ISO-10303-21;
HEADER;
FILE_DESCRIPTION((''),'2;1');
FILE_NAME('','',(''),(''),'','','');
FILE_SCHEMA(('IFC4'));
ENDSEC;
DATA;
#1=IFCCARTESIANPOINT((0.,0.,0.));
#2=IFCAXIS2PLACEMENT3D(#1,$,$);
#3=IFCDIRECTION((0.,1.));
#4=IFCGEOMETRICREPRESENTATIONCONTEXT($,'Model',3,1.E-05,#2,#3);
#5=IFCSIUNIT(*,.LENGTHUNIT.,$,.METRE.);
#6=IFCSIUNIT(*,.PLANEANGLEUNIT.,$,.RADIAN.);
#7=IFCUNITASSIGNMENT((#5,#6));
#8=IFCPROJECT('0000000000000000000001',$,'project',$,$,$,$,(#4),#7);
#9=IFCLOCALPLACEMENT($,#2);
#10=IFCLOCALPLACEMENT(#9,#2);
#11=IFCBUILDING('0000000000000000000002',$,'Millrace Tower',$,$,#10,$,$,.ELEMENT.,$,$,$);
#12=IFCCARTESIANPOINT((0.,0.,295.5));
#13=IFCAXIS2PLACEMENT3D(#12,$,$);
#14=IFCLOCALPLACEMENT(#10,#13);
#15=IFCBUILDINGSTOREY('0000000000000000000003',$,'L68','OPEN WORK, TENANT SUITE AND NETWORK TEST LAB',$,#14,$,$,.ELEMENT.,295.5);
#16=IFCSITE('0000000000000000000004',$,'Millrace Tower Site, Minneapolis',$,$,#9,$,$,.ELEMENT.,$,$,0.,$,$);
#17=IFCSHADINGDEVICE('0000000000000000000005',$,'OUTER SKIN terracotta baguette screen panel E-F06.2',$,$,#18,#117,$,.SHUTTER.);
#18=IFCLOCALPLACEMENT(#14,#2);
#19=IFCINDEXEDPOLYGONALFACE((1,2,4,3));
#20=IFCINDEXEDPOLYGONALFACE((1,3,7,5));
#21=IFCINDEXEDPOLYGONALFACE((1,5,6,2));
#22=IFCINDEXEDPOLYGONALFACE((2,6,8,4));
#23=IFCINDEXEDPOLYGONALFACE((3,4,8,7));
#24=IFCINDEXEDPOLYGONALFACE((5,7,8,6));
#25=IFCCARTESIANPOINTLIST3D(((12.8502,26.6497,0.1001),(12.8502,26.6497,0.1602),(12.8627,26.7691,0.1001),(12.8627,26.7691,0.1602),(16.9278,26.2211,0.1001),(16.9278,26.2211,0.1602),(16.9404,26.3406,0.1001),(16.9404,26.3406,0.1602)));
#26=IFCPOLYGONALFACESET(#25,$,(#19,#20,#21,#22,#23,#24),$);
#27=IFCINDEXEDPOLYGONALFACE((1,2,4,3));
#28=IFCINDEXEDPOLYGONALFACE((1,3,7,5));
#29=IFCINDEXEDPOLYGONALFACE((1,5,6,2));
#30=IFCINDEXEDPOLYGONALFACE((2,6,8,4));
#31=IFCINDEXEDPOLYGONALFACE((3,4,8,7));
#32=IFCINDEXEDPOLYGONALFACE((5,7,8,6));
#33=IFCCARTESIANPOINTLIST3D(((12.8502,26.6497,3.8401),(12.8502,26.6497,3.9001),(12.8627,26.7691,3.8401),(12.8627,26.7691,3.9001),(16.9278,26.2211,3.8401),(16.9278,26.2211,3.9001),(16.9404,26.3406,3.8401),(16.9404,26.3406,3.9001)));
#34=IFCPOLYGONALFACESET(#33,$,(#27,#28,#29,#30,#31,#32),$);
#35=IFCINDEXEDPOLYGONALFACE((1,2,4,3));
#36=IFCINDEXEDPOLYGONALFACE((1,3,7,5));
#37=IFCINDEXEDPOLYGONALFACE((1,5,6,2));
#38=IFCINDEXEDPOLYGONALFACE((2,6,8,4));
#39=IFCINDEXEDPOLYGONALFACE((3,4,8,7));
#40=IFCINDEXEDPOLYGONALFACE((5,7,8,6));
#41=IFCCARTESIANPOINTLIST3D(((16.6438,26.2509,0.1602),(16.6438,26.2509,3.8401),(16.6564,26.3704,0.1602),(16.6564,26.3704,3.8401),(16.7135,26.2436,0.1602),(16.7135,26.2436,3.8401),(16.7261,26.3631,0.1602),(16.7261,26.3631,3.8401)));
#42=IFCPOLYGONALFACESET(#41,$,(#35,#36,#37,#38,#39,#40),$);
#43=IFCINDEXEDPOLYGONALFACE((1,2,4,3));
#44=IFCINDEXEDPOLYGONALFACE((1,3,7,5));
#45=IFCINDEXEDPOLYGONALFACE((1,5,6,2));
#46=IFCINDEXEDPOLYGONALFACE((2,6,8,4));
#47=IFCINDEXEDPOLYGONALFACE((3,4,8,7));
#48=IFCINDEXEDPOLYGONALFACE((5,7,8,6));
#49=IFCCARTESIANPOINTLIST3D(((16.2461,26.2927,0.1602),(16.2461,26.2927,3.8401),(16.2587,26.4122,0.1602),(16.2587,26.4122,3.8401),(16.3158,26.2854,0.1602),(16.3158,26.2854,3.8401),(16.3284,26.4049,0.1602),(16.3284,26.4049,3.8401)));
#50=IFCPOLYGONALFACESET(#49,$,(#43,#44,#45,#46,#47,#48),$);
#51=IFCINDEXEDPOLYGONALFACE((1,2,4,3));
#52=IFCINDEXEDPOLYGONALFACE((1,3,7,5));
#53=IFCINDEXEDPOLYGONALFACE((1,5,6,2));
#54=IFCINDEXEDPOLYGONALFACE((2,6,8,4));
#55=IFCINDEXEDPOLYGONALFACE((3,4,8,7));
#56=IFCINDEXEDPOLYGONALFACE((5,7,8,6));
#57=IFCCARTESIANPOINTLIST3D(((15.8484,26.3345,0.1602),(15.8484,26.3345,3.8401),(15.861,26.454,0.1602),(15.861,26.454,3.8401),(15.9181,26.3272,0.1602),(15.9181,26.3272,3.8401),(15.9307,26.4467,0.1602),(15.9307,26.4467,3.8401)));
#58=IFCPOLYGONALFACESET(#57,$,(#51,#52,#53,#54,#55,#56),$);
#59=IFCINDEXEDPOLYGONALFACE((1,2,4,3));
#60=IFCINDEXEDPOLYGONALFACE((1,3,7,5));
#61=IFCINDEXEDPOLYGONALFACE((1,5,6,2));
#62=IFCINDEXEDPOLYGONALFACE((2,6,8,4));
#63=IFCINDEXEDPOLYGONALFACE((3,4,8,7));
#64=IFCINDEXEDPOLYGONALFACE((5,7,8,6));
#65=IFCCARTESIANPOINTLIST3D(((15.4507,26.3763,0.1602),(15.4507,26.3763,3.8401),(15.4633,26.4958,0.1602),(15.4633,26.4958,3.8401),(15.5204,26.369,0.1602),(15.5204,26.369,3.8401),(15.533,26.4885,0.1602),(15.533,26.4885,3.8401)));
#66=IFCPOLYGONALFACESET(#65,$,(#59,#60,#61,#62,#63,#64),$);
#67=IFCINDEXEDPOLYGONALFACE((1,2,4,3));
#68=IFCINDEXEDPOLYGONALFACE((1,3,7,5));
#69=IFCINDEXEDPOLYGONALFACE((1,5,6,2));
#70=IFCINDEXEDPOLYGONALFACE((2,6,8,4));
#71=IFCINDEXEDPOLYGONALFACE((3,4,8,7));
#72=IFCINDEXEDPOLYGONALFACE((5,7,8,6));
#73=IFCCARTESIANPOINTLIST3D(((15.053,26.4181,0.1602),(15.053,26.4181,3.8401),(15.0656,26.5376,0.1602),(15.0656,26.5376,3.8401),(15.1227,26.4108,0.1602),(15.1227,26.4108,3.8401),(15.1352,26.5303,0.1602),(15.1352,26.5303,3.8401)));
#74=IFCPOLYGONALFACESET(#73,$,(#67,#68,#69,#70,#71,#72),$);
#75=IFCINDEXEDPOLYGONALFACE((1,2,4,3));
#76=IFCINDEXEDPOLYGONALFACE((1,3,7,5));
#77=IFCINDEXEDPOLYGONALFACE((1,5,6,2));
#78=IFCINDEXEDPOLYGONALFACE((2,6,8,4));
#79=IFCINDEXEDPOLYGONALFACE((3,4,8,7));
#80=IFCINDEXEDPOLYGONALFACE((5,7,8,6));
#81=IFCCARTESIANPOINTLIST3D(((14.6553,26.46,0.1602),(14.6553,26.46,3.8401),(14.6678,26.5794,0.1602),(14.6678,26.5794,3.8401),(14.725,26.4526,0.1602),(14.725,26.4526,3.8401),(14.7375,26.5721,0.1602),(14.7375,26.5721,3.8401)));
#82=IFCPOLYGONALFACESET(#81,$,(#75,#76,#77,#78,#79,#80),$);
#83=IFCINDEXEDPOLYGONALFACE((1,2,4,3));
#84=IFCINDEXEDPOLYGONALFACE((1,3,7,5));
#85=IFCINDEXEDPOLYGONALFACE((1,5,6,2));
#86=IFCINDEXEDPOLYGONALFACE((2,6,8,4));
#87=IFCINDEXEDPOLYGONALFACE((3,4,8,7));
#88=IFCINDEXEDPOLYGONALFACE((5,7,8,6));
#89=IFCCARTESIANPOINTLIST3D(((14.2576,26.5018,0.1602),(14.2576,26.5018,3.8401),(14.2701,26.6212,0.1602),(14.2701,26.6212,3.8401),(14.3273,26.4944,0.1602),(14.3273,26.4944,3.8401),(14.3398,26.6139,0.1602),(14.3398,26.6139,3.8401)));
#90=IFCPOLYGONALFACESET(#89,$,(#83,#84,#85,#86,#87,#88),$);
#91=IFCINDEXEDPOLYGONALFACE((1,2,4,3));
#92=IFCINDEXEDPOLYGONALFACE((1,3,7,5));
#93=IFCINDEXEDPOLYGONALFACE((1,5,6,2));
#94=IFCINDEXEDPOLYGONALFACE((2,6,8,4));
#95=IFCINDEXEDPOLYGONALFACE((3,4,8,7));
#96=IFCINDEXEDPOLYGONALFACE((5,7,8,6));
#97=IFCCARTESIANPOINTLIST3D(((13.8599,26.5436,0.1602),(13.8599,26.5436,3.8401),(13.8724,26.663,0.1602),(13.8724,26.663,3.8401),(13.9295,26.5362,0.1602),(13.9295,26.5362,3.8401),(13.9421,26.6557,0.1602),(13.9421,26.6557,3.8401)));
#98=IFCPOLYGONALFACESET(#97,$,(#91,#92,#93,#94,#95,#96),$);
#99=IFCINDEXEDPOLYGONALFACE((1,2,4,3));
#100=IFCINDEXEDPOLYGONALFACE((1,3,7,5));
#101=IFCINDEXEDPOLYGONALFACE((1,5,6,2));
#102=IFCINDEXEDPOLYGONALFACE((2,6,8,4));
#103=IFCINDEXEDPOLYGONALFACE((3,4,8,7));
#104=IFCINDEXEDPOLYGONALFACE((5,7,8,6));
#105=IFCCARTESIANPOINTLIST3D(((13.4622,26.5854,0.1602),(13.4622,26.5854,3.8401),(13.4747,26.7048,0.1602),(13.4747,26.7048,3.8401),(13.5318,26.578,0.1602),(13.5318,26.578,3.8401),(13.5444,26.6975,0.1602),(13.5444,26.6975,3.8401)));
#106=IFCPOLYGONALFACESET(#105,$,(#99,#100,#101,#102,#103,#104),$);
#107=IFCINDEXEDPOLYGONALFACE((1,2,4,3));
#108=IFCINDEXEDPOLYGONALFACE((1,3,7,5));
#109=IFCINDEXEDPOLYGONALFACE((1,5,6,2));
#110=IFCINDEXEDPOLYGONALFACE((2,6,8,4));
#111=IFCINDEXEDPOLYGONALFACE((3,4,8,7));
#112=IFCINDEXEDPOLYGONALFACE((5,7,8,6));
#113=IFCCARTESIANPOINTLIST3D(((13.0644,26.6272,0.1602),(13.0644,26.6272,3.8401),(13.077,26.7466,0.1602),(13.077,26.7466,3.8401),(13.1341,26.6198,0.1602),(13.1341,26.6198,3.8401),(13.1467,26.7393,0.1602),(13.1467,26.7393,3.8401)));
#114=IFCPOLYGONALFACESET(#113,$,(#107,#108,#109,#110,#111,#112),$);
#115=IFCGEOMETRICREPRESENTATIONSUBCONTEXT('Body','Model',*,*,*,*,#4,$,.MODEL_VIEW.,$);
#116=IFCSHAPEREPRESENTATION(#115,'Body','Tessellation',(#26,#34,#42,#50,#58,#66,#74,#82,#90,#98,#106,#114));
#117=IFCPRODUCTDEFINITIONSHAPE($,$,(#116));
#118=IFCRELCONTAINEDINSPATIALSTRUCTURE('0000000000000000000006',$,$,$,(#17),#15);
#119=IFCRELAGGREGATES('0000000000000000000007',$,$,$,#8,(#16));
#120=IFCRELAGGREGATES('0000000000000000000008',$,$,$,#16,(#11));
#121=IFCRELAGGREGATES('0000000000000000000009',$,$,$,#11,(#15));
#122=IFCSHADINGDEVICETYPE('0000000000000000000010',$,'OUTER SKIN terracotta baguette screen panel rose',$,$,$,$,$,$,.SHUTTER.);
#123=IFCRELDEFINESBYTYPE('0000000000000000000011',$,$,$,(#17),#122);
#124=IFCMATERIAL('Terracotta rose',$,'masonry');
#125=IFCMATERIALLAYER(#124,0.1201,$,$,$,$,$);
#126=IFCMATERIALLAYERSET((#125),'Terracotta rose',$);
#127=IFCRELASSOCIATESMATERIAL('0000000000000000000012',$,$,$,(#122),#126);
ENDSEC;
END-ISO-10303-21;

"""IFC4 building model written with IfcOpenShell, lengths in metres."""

from ifc_helpers import new_model, entity, si_unit, direction, frame, frame_2d, origin, place, context, subcontext, project, spatial, rectangle, extrude, source, transform, mapped, material, layer, layer_set, type_object, element, save


model = new_model("IFC4")

# Units and contexts
model_context = context("Model", 3, precision=1e-05, world=origin(), true_north=direction((0.0, 1.0)))
body_context = subcontext(model_context, "Body", "Model", "MODEL_VIEW")
ifc_project = project(units=[si_unit("LENGTHUNIT", "METRE"), si_unit("PLANEANGLEUNIT", "RADIAN")], contexts=[model_context])

# Site, building, storey
site_placement = place(None, origin())
site = spatial("IfcSite", under=ifc_project, at=site_placement, Name="Millrace Tower Site, Minneapolis", CompositionType="ELEMENT", RefElevation=0.0)
building_placement = place(site_placement, origin())
building = spatial("IfcBuilding", under=site, at=building_placement, Name="Millrace Tower", CompositionType="ELEMENT")
storey_placement = place(building_placement, frame((0.0, 0.0, 295.5)))
storey = spatial("IfcBuildingStorey", under=building, at=storey_placement, Name="L68", Description="OPEN WORK, TENANT SUITE AND NETWORK TEST LAB", CompositionType="ELEMENT", Elevation=295.5)

# Shading device
ifc_material_1 = material(Name="Terracotta rose", Category="masonry")
ifc_layer_1 = layer(ifc_material_1, 0.1201)
ifc_layer_set_1 = layer_set([ifc_layer_1], Name="Terracotta rose")
shading_device_type = type_object("IfcShadingDeviceType", Name="OUTER SKIN terracotta baguette screen panel rose", PredefinedType="SHUTTER", material=ifc_layer_set_1)
cartesian_point_1 = entity("IfcCartesianPoint", [-2.05, 0.0601])
shared_polyline_1 = entity("IfcPolyline", [cartesian_point_1, entity("IfcCartesianPoint", [2.05, 0.0601]), entity("IfcCartesianPoint", [2.05, -0.0601]), entity("IfcCartesianPoint", [-2.05, -0.0601]), cartesian_point_1])
shared_shape_1 = source(origin(), body_context, "Body", "SweptSolid", [
    entity("IfcExtrudedAreaSolid", entity("IfcArbitraryClosedProfileDef", "AREA", None, shared_polyline_1), entity("IfcAxis2Placement3D", entity("IfcCartesianPoint", [0.0, 0.0, 0.0])), entity("IfcDirection", [0.0, 0.0, 1.0]), 0.0601),
    entity("IfcExtrudedAreaSolid", entity("IfcArbitraryClosedProfileDef", "AREA", None, shared_polyline_1), entity("IfcAxis2Placement3D", entity("IfcCartesianPoint", [0.0, 0.0, 3.74])), entity("IfcDirection", [0.0, 0.0, 1.0]), 0.0601),
    extrude(rectangle(XDim=0.0701, YDim=0.1201, at=frame_2d((-1.7996, 0.0))), frame((0.0, 0.0, 0.0601)), (0.0, 0.0, 1.0), 3.6799),
    extrude(rectangle(XDim=0.0701, YDim=0.1201, at=frame_2d((-1.3997, 0.0))), frame((0.0, 0.0, 0.0601)), (0.0, 0.0, 1.0), 3.6799),
    extrude(rectangle(XDim=0.0701, YDim=0.1201, at=frame_2d((-0.9998, 0.0))), frame((0.0, 0.0, 0.0601)), (0.0, 0.0, 1.0), 3.6799),
    extrude(rectangle(XDim=0.0701, YDim=0.1201, at=frame_2d((-0.5999, 0.0))), frame((0.0, 0.0, 0.0601)), (0.0, 0.0, 1.0), 3.6799),
    extrude(rectangle(XDim=0.0701, YDim=0.1201, at=frame_2d((-0.2, 0.0))), frame((0.0, 0.0, 0.0601)), (0.0, 0.0, 1.0), 3.6799),
    extrude(rectangle(XDim=0.0701, YDim=0.1201, at=frame_2d((0.2, 0.0))), frame((0.0, 0.0, 0.0601)), (0.0, 0.0, 1.0), 3.6799),
    extrude(rectangle(XDim=0.0701, YDim=0.1201, at=frame_2d((0.5999, 0.0))), frame((0.0, 0.0, 0.0601)), (0.0, 0.0, 1.0), 3.6799),
    extrude(rectangle(XDim=0.0701, YDim=0.1201, at=frame_2d((0.9998, 0.0))), frame((0.0, 0.0, 0.0601)), (0.0, 0.0, 1.0), 3.6799),
    extrude(rectangle(XDim=0.0701, YDim=0.1201, at=frame_2d((1.3997, 0.0))), frame((0.0, 0.0, 0.0601)), (0.0, 0.0, 1.0), 3.6799),
    extrude(rectangle(XDim=0.0701, YDim=0.1201, at=frame_2d((1.7996, 0.0))), frame((0.0, 0.0, 0.0601)), (0.0, 0.0, 1.0), 3.6799),
])
for number, where, z_axis, x_axis, name in (
    (1, (14.8953, 26.4951, 0.1001), (0.0, 0.0, 1.0), (-0.994522, 0.104528, 0.0), "OUTER SKIN terracotta baguette screen panel E-F06.2"),
):
    element("IfcShadingDevice", number, at=place(storey_placement, frame(where, z_axis=z_axis, x_axis=x_axis)), inside=storey, type_object=shading_device_type, Name=name, PredefinedType="SHUTTER", context=body_context, shape_type="MappedRepresentation", body=[
        mapped(shared_shape_1, transform((0.0, 0.0, 0.0), scale=1.0)),
    ])

save(model, "model.ifc")
